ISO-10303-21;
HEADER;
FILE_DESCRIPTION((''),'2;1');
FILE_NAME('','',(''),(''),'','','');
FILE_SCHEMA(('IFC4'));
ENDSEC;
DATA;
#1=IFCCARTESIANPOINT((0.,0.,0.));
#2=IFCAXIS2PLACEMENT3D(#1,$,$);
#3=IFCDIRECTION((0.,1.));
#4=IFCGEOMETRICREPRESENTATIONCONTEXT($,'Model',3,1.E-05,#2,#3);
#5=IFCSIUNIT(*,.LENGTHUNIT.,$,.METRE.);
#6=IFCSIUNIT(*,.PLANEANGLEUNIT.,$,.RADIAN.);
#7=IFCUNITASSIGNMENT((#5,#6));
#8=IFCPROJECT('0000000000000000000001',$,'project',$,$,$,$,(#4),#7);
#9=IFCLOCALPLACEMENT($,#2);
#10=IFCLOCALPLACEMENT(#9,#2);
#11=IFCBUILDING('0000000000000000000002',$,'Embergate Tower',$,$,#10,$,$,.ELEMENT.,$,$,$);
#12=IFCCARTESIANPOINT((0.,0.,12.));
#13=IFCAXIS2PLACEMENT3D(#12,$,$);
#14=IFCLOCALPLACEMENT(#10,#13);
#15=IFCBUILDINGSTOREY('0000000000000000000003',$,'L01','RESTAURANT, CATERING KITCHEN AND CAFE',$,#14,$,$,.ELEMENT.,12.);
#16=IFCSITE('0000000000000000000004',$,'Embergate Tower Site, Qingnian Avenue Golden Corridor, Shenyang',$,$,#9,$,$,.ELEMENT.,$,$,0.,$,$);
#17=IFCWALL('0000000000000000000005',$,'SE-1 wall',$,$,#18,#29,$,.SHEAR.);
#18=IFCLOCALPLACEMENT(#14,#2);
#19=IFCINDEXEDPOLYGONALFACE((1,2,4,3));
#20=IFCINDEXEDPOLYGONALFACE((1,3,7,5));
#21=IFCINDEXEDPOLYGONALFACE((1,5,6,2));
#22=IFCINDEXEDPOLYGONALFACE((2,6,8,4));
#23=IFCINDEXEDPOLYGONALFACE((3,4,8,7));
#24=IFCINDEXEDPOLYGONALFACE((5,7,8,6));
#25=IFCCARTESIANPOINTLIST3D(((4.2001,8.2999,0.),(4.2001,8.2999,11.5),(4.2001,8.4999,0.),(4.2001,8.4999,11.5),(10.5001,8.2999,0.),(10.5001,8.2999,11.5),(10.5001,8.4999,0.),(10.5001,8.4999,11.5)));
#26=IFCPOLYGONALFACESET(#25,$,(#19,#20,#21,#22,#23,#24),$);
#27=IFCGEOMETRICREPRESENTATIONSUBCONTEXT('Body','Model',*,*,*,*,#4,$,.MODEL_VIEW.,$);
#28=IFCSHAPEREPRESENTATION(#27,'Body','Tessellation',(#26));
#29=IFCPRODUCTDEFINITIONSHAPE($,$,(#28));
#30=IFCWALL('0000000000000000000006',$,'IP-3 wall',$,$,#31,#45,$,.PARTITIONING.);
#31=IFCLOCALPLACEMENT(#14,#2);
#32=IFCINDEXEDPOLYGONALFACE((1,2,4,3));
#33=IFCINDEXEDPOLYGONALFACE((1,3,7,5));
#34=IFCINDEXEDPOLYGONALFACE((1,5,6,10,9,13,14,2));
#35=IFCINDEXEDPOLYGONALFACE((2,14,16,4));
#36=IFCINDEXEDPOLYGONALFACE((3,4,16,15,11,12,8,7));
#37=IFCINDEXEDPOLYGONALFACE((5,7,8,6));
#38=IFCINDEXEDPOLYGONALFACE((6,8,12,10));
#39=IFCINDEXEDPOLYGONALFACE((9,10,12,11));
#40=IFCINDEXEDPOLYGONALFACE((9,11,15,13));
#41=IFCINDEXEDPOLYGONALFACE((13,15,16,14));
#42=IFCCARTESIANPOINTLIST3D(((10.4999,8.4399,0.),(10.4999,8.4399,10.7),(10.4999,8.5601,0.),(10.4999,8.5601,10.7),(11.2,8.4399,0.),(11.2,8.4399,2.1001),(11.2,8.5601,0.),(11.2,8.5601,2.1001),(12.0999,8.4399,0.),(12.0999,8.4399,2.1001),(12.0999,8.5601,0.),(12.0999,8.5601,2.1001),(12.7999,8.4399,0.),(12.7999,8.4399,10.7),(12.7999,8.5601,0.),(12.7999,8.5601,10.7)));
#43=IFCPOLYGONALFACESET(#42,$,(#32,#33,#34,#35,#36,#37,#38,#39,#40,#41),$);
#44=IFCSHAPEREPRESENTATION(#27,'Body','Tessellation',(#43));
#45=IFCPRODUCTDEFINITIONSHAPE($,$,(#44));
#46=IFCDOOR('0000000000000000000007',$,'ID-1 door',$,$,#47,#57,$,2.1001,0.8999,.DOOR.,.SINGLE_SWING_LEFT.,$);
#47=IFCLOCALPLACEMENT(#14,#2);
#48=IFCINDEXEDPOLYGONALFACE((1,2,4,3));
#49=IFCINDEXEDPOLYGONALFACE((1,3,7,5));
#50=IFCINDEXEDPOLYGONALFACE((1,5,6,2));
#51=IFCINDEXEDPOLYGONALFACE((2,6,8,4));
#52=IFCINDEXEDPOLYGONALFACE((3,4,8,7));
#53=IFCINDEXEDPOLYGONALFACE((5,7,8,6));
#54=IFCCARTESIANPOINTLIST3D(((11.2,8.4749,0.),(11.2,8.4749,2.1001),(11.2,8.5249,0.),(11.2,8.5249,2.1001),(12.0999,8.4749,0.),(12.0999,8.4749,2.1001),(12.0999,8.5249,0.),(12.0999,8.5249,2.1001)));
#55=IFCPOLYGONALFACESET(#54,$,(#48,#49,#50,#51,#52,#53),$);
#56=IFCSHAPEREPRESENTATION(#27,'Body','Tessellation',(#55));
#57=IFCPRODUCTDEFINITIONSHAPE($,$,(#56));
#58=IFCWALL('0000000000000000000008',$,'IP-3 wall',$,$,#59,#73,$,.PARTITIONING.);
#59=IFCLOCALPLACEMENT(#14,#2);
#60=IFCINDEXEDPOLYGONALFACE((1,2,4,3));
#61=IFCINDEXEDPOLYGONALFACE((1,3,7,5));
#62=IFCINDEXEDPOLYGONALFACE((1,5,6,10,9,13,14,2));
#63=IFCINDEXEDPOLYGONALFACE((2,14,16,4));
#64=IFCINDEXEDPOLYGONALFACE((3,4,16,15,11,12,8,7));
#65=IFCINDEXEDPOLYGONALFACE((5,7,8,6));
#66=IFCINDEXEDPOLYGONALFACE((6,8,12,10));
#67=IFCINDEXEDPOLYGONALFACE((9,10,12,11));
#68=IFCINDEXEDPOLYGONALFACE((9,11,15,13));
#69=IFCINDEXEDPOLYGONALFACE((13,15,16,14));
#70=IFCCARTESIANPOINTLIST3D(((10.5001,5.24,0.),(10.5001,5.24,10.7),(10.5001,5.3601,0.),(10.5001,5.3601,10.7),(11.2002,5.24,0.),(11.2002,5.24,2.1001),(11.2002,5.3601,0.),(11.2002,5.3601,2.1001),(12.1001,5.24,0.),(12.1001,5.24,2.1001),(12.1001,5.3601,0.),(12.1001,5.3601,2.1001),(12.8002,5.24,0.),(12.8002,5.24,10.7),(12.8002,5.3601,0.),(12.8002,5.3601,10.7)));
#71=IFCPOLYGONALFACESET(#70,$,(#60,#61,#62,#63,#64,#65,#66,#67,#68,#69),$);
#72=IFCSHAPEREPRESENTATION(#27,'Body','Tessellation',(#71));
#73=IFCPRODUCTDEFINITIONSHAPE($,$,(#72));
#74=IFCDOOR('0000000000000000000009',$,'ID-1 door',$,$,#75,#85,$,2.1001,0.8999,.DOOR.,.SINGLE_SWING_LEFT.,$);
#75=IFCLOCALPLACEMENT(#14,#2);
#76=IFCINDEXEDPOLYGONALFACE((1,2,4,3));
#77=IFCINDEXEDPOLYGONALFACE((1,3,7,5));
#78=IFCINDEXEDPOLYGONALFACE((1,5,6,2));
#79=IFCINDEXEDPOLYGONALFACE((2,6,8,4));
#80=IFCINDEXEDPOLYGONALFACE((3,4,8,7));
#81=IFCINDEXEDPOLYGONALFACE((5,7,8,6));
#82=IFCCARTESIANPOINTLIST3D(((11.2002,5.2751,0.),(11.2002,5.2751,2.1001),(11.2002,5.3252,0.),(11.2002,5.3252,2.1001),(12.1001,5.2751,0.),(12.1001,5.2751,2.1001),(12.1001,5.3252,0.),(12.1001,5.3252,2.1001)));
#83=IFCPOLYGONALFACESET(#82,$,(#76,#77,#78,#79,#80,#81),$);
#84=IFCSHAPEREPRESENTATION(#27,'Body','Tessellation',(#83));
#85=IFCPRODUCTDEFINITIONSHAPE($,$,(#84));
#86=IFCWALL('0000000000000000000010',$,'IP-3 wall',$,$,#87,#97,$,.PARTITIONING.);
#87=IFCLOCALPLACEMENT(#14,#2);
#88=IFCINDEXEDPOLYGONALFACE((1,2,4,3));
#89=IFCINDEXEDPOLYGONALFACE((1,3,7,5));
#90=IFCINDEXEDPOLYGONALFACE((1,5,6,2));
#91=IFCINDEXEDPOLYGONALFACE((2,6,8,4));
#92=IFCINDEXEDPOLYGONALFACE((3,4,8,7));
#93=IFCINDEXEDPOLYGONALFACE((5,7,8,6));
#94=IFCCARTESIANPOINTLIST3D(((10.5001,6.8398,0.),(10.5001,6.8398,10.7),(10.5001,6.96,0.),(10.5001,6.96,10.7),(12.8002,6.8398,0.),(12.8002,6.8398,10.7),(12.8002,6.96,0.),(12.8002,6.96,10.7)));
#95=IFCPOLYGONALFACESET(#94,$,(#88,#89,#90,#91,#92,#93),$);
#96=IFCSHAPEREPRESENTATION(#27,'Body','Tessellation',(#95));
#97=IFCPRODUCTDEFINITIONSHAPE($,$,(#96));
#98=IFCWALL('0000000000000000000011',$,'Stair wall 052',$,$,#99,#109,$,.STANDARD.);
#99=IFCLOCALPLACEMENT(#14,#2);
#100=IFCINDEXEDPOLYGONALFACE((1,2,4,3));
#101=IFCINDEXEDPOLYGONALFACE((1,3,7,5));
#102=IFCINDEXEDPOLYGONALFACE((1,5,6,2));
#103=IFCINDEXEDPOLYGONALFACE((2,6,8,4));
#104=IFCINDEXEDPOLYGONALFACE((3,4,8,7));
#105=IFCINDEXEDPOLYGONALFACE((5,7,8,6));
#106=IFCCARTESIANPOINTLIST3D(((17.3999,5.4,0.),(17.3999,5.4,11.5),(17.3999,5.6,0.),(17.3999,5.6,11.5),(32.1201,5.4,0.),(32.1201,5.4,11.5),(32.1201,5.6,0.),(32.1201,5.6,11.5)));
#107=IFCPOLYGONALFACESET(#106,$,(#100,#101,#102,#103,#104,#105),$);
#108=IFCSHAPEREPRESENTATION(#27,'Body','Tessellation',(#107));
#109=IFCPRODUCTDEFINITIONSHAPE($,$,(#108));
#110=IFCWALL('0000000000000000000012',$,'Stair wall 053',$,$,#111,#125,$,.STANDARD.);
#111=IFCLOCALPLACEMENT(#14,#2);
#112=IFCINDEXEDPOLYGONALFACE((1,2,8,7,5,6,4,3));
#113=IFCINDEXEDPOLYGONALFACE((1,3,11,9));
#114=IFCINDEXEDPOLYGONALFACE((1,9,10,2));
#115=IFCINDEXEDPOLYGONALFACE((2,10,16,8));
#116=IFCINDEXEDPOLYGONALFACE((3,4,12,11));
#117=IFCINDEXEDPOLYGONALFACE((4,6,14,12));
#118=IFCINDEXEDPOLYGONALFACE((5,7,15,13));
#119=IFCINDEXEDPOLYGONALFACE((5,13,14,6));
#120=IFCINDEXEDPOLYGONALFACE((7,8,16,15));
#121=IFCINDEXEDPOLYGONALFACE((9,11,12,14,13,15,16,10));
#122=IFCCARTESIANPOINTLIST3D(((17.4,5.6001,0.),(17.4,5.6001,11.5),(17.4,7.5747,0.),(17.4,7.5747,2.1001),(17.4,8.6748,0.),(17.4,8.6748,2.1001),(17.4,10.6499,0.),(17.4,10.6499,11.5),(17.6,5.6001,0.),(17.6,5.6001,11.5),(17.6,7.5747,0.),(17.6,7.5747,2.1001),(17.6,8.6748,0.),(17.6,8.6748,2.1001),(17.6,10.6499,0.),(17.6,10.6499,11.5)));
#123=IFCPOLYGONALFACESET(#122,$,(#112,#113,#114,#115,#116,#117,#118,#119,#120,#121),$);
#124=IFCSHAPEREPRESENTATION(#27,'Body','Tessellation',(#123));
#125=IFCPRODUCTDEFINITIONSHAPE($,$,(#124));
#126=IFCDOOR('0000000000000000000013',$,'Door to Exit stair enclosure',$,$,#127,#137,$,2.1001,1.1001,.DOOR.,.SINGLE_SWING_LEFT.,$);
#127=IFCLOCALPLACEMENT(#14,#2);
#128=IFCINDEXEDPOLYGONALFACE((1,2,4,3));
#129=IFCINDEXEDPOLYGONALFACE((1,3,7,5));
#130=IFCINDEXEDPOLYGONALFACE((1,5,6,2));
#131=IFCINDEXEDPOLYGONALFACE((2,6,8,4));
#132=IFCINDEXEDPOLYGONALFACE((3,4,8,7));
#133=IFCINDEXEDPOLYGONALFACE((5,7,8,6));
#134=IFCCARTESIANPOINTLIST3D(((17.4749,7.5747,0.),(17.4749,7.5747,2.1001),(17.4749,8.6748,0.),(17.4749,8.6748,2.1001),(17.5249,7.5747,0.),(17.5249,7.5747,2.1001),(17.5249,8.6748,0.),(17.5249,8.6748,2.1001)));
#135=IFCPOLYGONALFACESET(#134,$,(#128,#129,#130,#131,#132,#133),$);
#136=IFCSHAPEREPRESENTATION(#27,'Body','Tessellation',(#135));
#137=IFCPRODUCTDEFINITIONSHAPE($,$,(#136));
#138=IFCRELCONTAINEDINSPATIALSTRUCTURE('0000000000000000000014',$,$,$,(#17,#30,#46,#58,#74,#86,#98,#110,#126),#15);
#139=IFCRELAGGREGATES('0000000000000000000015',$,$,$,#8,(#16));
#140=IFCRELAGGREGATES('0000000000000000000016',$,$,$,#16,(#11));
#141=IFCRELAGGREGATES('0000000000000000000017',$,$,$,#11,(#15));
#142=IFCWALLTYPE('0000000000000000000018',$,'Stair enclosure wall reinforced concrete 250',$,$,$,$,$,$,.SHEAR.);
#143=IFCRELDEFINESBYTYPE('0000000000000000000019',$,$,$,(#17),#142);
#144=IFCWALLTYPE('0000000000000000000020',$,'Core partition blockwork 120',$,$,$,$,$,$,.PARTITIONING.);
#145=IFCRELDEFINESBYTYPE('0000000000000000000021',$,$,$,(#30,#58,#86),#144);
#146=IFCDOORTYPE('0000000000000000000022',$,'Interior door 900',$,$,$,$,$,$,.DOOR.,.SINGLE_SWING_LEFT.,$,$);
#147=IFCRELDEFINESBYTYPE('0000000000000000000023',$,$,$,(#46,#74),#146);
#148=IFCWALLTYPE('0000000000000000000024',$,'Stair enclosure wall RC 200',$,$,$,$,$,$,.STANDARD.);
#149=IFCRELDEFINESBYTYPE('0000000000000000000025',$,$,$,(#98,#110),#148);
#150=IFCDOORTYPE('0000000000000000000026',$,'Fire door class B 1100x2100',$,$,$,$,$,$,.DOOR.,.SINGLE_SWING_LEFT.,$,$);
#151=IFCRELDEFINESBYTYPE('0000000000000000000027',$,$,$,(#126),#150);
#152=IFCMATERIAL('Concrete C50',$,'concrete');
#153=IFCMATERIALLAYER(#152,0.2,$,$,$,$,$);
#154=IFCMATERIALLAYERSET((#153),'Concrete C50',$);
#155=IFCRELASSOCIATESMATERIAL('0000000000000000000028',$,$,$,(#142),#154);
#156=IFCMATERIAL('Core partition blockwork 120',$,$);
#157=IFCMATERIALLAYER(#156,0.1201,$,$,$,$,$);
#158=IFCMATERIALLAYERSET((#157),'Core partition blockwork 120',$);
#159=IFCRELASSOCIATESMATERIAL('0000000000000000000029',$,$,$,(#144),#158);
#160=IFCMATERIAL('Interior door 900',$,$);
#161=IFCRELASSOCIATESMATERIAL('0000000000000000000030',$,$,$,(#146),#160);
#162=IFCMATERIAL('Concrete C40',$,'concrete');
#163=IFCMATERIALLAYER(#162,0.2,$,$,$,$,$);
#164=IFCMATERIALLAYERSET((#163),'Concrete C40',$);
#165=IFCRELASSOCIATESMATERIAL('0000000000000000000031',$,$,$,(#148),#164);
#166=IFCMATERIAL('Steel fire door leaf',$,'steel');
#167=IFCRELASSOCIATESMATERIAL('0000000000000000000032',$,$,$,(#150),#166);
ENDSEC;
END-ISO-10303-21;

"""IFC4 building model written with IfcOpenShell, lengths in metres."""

from ifc_helpers import new_model, si_unit, direction, frame, frame_2d, origin, place, context, subcontext, project, spatial, rectangle, extrude, source, transform, mapped, material, layer, layer_set, type_object, element, fill, save


model = new_model("IFC4")

# Units and contexts
model_context = context("Model", 3, precision=1e-05, world=origin(), true_north=direction((0.0, 1.0)))
body_context = subcontext(model_context, "Body", "Model", "MODEL_VIEW")
ifc_project = project(units=[si_unit("LENGTHUNIT", "METRE"), si_unit("PLANEANGLEUNIT", "RADIAN")], contexts=[model_context])

# Site, building, storey
site_placement = place(None, origin())
site = spatial("IfcSite", under=ifc_project, at=site_placement, Name="Embergate Tower Site, Qingnian Avenue Golden Corridor, Shenyang", CompositionType="ELEMENT", RefElevation=0.0)
building_placement = place(site_placement, origin())
building = spatial("IfcBuilding", under=site, at=building_placement, Name="Embergate Tower", CompositionType="ELEMENT")
storey_placement = place(building_placement, frame((0.0, 0.0, 12.0)))
storey = spatial("IfcBuildingStorey", under=building, at=storey_placement, Name="L01", Description="RESTAURANT, CATERING KITCHEN AND CAFE", CompositionType="ELEMENT", Elevation=12.0)

# Wall
ifc_material_1 = material(Name="Concrete C50", Category="concrete")
ifc_layer_1 = layer(ifc_material_1, 0.2)
ifc_layer_set_1 = layer_set([ifc_layer_1], Name="Concrete C50")
wall_type_1 = type_object("IfcWallType", Name="Stair enclosure wall reinforced concrete 250", PredefinedType="SHEAR", material=ifc_layer_set_1)
shared_shape_1 = source(origin(), body_context, "Body", "SweptSolid", [
    extrude(rectangle(XDim=6.3, YDim=0.2, at=frame_2d((3.1499, 0.0))), origin(), (0.0, 0.0, 1.0), 11.5),
])
wall_1_placement = place(storey_placement, frame((10.5, 8.3999, 0.0), z_axis=(0.0, 0.0, 1.0), x_axis=(-1.0, 0.0, 0.0)))
element("IfcWall", 1, at=wall_1_placement, inside=storey, type_object=wall_type_1, Name="SE-1 wall", PredefinedType="SHEAR", context=body_context, shape_type="MappedRepresentation", body=[
    mapped(shared_shape_1, transform((0.0, 0.0, 0.0))),
])

# Walls, openings, doors
ifc_material_2 = material(Name="Core partition blockwork 120")
ifc_layer_2 = layer(ifc_material_2, 0.1201)
ifc_layer_set_2 = layer_set([ifc_layer_2], Name="Core partition blockwork 120")
wall_type_2 = type_object("IfcWallType", Name="Core partition blockwork 120", PredefinedType="PARTITIONING", material=ifc_layer_set_2)
shared_shape_2 = source(origin(), body_context, "Body", "SweptSolid", [
    extrude(rectangle(XDim=2.3, YDim=0.1201, at=frame_2d((1.1499, 0.0))), origin(), (0.0, 0.0, 1.0), 10.7),
])
wall_2_placement = place(storey_placement, frame((10.5, 8.5, 0.0), z_axis=(0.0, 0.0, 1.0), x_axis=(1.0, 0.0, 0.0)))
wall_2 = element("IfcWall", 2, at=wall_2_placement, inside=storey, type_object=wall_type_2, Name="IP-3 wall", PredefinedType="PARTITIONING", context=body_context, shape_type="MappedRepresentation", body=[
    mapped(shared_shape_2, transform((0.0, 0.0, 0.0))),
])
shared_shape_3 = source(origin(), body_context, "Body", "SweptSolid", [
    extrude(rectangle(XDim=0.8999, YDim=2.1001, at=frame_2d((0.45, 1.05))), frame((0.0, 0.0701, 0.0), z_axis=(0.0, -1.0, 0.0), x_axis=(1.0, 0.0, 0.0)), (0.0, 0.0, 1.0), 0.1401),
])
opening_1_placement = place(wall_2_placement, frame((0.7, 0.0, 0.0)))
opening_1 = element("IfcOpeningElement", 3, at=opening_1_placement, cuts=wall_2, PredefinedType="OPENING", context=body_context, shape_type="MappedRepresentation", body=[
    mapped(shared_shape_3, transform((0.0, 0.0, 0.0))),
])
ifc_material_3 = material(Name="Interior door 900")
door_type_1 = type_object("IfcDoorType", Name="Interior door 900", OperationType="SINGLE_SWING_LEFT", PredefinedType="DOOR", material=ifc_material_3)
shared_shape_4 = source(origin(), body_context, "Body", "SweptSolid", [
    extrude(rectangle(XDim=0.8999, YDim=2.1001, at=frame_2d((0.45, 1.05))), frame((0.0, 0.0249, 0.0), z_axis=(0.0, -1.0, 0.0), x_axis=(1.0, 0.0, 0.0)), (0.0, 0.0, 1.0), 0.05),
])
door_1_placement = place(opening_1_placement, origin())
door_1 = element("IfcDoor", 4, at=door_1_placement, inside=storey, type_object=door_type_1, Name="ID-1 door", OperationType="SINGLE_SWING_LEFT", OverallHeight=2.1001, OverallWidth=0.8999, PredefinedType="DOOR", context=body_context, shape_type="MappedRepresentation", body=[
    mapped(shared_shape_4, transform((0.0, 0.0, 0.0))),
])
fill(opening_1, door_1)
wall_3_placement = place(storey_placement, frame((12.8, 5.3, 0.0), z_axis=(0.0, 0.0, 1.0), x_axis=(-1.0, 0.0, 0.0)))
wall_3 = element("IfcWall", 5, at=wall_3_placement, inside=storey, type_object=wall_type_2, Name="IP-3 wall", PredefinedType="PARTITIONING", context=body_context, shape_type="MappedRepresentation", body=[
    mapped(shared_shape_2, transform((0.0, 0.0, 0.0))),
])
opening_2_placement = place(wall_3_placement, frame((0.7, 0.0, 0.0)))
opening_2 = element("IfcOpeningElement", 6, at=opening_2_placement, cuts=wall_3, PredefinedType="OPENING", context=body_context, shape_type="MappedRepresentation", body=[
    mapped(shared_shape_3, transform((0.0, 0.0, 0.0))),
])
door_2_placement = place(opening_2_placement, origin())
door_2 = element("IfcDoor", 7, at=door_2_placement, inside=storey, type_object=door_type_1, Name="ID-1 door", OperationType="SINGLE_SWING_LEFT", OverallHeight=2.1001, OverallWidth=0.8999, PredefinedType="DOOR", context=body_context, shape_type="MappedRepresentation", body=[
    mapped(shared_shape_4, transform((0.0, 0.0, 0.0))),
])
fill(opening_2, door_2)

# Walls
wall_4_placement = place(storey_placement, frame((12.8, 6.8999, 0.0), z_axis=(0.0, 0.0, 1.0), x_axis=(-1.0, 0.0, 0.0)))
element("IfcWall", 8, at=wall_4_placement, inside=storey, type_object=wall_type_2, Name="IP-3 wall", PredefinedType="PARTITIONING", context=body_context, shape_type="MappedRepresentation", body=[
    mapped(shared_shape_2, transform((0.0, 0.0, 0.0))),
])
ifc_material_4 = material(Name="Concrete C40", Category="concrete")
ifc_layer_3 = layer(ifc_material_4, 0.2)
ifc_layer_set_3 = layer_set([ifc_layer_3], Name="Concrete C40")
wall_type_3 = type_object("IfcWallType", Name="Stair enclosure wall RC 200", PredefinedType="STANDARD", material=ifc_layer_set_3)
shared_shape_5 = source(origin(), body_context, "Body", "SweptSolid", [
    extrude(rectangle(XDim=14.7202, YDim=0.2, at=frame_2d((7.3601, 0.0))), origin(), (0.0, 0.0, 1.0), 11.5),
])
wall_5_placement = place(storey_placement, frame((17.3999, 5.5, 0.0), z_axis=(0.0, 0.0, 1.0), x_axis=(1.0, 0.0, 0.0)))
element("IfcWall", 9, at=wall_5_placement, inside=storey, type_object=wall_type_3, Name="Stair wall 052", PredefinedType="STANDARD", context=body_context, shape_type="MappedRepresentation", body=[
    mapped(shared_shape_5, transform((0.0, 0.0, 0.0))),
])

# Wall, opening, door
shared_shape_6 = source(origin(), body_context, "Body", "SweptSolid", [
    extrude(rectangle(XDim=5.0498, YDim=0.2, at=frame_2d((2.5249, 0.0))), origin(), (0.0, 0.0, 1.0), 11.5),
])
wall_6_placement = place(storey_placement, frame((17.5, 10.6499, 0.0), z_axis=(0.0, 0.0, 1.0), x_axis=(0.0, -1.0, 0.0)))
wall_6 = element("IfcWall", 10, at=wall_6_placement, inside=storey, type_object=wall_type_3, Name="Stair wall 053", PredefinedType="STANDARD", context=body_context, shape_type="MappedRepresentation", body=[
    mapped(shared_shape_6, transform((0.0, 0.0, 0.0))),
])
shared_shape_7 = source(origin(), body_context, "Body", "SweptSolid", [
    extrude(rectangle(XDim=1.1001, YDim=2.1001, at=frame_2d((0.55, 1.05))), frame((0.0, 0.1099, 0.0), z_axis=(0.0, -1.0, 0.0), x_axis=(1.0, 0.0, 0.0)), (0.0, 0.0, 1.0), 0.22),
])
opening_3_placement = place(wall_6_placement, frame((1.9751, 0.0, 0.0)))
opening_3 = element("IfcOpeningElement", 11, at=opening_3_placement, cuts=wall_6, PredefinedType="OPENING", context=body_context, shape_type="MappedRepresentation", body=[
    mapped(shared_shape_7, transform((0.0, 0.0, 0.0))),
])
ifc_material_5 = material(Name="Steel fire door leaf", Category="steel")
door_type_2 = type_object("IfcDoorType", Name="Fire door class B 1100x2100", OperationType="SINGLE_SWING_LEFT", PredefinedType="DOOR", material=ifc_material_5)
shared_shape_8 = source(origin(), body_context, "Body", "SweptSolid", [
    extrude(rectangle(XDim=1.1001, YDim=2.1001, at=frame_2d((0.55, 1.05))), frame((0.0, 0.0249, 0.0), z_axis=(0.0, -1.0, 0.0), x_axis=(1.0, 0.0, 0.0)), (0.0, 0.0, 1.0), 0.05),
])
door_3_placement = place(opening_3_placement, origin())
door_3 = element("IfcDoor", 12, at=door_3_placement, inside=storey, type_object=door_type_2, Name="Door to Exit stair enclosure", OperationType="SINGLE_SWING_LEFT", OverallHeight=2.1001, OverallWidth=1.1001, PredefinedType="DOOR", context=body_context, shape_type="MappedRepresentation", body=[
    mapped(shared_shape_8, transform((0.0, 0.0, 0.0))),
])
fill(opening_3, door_3)

save(model, "model.ifc")
